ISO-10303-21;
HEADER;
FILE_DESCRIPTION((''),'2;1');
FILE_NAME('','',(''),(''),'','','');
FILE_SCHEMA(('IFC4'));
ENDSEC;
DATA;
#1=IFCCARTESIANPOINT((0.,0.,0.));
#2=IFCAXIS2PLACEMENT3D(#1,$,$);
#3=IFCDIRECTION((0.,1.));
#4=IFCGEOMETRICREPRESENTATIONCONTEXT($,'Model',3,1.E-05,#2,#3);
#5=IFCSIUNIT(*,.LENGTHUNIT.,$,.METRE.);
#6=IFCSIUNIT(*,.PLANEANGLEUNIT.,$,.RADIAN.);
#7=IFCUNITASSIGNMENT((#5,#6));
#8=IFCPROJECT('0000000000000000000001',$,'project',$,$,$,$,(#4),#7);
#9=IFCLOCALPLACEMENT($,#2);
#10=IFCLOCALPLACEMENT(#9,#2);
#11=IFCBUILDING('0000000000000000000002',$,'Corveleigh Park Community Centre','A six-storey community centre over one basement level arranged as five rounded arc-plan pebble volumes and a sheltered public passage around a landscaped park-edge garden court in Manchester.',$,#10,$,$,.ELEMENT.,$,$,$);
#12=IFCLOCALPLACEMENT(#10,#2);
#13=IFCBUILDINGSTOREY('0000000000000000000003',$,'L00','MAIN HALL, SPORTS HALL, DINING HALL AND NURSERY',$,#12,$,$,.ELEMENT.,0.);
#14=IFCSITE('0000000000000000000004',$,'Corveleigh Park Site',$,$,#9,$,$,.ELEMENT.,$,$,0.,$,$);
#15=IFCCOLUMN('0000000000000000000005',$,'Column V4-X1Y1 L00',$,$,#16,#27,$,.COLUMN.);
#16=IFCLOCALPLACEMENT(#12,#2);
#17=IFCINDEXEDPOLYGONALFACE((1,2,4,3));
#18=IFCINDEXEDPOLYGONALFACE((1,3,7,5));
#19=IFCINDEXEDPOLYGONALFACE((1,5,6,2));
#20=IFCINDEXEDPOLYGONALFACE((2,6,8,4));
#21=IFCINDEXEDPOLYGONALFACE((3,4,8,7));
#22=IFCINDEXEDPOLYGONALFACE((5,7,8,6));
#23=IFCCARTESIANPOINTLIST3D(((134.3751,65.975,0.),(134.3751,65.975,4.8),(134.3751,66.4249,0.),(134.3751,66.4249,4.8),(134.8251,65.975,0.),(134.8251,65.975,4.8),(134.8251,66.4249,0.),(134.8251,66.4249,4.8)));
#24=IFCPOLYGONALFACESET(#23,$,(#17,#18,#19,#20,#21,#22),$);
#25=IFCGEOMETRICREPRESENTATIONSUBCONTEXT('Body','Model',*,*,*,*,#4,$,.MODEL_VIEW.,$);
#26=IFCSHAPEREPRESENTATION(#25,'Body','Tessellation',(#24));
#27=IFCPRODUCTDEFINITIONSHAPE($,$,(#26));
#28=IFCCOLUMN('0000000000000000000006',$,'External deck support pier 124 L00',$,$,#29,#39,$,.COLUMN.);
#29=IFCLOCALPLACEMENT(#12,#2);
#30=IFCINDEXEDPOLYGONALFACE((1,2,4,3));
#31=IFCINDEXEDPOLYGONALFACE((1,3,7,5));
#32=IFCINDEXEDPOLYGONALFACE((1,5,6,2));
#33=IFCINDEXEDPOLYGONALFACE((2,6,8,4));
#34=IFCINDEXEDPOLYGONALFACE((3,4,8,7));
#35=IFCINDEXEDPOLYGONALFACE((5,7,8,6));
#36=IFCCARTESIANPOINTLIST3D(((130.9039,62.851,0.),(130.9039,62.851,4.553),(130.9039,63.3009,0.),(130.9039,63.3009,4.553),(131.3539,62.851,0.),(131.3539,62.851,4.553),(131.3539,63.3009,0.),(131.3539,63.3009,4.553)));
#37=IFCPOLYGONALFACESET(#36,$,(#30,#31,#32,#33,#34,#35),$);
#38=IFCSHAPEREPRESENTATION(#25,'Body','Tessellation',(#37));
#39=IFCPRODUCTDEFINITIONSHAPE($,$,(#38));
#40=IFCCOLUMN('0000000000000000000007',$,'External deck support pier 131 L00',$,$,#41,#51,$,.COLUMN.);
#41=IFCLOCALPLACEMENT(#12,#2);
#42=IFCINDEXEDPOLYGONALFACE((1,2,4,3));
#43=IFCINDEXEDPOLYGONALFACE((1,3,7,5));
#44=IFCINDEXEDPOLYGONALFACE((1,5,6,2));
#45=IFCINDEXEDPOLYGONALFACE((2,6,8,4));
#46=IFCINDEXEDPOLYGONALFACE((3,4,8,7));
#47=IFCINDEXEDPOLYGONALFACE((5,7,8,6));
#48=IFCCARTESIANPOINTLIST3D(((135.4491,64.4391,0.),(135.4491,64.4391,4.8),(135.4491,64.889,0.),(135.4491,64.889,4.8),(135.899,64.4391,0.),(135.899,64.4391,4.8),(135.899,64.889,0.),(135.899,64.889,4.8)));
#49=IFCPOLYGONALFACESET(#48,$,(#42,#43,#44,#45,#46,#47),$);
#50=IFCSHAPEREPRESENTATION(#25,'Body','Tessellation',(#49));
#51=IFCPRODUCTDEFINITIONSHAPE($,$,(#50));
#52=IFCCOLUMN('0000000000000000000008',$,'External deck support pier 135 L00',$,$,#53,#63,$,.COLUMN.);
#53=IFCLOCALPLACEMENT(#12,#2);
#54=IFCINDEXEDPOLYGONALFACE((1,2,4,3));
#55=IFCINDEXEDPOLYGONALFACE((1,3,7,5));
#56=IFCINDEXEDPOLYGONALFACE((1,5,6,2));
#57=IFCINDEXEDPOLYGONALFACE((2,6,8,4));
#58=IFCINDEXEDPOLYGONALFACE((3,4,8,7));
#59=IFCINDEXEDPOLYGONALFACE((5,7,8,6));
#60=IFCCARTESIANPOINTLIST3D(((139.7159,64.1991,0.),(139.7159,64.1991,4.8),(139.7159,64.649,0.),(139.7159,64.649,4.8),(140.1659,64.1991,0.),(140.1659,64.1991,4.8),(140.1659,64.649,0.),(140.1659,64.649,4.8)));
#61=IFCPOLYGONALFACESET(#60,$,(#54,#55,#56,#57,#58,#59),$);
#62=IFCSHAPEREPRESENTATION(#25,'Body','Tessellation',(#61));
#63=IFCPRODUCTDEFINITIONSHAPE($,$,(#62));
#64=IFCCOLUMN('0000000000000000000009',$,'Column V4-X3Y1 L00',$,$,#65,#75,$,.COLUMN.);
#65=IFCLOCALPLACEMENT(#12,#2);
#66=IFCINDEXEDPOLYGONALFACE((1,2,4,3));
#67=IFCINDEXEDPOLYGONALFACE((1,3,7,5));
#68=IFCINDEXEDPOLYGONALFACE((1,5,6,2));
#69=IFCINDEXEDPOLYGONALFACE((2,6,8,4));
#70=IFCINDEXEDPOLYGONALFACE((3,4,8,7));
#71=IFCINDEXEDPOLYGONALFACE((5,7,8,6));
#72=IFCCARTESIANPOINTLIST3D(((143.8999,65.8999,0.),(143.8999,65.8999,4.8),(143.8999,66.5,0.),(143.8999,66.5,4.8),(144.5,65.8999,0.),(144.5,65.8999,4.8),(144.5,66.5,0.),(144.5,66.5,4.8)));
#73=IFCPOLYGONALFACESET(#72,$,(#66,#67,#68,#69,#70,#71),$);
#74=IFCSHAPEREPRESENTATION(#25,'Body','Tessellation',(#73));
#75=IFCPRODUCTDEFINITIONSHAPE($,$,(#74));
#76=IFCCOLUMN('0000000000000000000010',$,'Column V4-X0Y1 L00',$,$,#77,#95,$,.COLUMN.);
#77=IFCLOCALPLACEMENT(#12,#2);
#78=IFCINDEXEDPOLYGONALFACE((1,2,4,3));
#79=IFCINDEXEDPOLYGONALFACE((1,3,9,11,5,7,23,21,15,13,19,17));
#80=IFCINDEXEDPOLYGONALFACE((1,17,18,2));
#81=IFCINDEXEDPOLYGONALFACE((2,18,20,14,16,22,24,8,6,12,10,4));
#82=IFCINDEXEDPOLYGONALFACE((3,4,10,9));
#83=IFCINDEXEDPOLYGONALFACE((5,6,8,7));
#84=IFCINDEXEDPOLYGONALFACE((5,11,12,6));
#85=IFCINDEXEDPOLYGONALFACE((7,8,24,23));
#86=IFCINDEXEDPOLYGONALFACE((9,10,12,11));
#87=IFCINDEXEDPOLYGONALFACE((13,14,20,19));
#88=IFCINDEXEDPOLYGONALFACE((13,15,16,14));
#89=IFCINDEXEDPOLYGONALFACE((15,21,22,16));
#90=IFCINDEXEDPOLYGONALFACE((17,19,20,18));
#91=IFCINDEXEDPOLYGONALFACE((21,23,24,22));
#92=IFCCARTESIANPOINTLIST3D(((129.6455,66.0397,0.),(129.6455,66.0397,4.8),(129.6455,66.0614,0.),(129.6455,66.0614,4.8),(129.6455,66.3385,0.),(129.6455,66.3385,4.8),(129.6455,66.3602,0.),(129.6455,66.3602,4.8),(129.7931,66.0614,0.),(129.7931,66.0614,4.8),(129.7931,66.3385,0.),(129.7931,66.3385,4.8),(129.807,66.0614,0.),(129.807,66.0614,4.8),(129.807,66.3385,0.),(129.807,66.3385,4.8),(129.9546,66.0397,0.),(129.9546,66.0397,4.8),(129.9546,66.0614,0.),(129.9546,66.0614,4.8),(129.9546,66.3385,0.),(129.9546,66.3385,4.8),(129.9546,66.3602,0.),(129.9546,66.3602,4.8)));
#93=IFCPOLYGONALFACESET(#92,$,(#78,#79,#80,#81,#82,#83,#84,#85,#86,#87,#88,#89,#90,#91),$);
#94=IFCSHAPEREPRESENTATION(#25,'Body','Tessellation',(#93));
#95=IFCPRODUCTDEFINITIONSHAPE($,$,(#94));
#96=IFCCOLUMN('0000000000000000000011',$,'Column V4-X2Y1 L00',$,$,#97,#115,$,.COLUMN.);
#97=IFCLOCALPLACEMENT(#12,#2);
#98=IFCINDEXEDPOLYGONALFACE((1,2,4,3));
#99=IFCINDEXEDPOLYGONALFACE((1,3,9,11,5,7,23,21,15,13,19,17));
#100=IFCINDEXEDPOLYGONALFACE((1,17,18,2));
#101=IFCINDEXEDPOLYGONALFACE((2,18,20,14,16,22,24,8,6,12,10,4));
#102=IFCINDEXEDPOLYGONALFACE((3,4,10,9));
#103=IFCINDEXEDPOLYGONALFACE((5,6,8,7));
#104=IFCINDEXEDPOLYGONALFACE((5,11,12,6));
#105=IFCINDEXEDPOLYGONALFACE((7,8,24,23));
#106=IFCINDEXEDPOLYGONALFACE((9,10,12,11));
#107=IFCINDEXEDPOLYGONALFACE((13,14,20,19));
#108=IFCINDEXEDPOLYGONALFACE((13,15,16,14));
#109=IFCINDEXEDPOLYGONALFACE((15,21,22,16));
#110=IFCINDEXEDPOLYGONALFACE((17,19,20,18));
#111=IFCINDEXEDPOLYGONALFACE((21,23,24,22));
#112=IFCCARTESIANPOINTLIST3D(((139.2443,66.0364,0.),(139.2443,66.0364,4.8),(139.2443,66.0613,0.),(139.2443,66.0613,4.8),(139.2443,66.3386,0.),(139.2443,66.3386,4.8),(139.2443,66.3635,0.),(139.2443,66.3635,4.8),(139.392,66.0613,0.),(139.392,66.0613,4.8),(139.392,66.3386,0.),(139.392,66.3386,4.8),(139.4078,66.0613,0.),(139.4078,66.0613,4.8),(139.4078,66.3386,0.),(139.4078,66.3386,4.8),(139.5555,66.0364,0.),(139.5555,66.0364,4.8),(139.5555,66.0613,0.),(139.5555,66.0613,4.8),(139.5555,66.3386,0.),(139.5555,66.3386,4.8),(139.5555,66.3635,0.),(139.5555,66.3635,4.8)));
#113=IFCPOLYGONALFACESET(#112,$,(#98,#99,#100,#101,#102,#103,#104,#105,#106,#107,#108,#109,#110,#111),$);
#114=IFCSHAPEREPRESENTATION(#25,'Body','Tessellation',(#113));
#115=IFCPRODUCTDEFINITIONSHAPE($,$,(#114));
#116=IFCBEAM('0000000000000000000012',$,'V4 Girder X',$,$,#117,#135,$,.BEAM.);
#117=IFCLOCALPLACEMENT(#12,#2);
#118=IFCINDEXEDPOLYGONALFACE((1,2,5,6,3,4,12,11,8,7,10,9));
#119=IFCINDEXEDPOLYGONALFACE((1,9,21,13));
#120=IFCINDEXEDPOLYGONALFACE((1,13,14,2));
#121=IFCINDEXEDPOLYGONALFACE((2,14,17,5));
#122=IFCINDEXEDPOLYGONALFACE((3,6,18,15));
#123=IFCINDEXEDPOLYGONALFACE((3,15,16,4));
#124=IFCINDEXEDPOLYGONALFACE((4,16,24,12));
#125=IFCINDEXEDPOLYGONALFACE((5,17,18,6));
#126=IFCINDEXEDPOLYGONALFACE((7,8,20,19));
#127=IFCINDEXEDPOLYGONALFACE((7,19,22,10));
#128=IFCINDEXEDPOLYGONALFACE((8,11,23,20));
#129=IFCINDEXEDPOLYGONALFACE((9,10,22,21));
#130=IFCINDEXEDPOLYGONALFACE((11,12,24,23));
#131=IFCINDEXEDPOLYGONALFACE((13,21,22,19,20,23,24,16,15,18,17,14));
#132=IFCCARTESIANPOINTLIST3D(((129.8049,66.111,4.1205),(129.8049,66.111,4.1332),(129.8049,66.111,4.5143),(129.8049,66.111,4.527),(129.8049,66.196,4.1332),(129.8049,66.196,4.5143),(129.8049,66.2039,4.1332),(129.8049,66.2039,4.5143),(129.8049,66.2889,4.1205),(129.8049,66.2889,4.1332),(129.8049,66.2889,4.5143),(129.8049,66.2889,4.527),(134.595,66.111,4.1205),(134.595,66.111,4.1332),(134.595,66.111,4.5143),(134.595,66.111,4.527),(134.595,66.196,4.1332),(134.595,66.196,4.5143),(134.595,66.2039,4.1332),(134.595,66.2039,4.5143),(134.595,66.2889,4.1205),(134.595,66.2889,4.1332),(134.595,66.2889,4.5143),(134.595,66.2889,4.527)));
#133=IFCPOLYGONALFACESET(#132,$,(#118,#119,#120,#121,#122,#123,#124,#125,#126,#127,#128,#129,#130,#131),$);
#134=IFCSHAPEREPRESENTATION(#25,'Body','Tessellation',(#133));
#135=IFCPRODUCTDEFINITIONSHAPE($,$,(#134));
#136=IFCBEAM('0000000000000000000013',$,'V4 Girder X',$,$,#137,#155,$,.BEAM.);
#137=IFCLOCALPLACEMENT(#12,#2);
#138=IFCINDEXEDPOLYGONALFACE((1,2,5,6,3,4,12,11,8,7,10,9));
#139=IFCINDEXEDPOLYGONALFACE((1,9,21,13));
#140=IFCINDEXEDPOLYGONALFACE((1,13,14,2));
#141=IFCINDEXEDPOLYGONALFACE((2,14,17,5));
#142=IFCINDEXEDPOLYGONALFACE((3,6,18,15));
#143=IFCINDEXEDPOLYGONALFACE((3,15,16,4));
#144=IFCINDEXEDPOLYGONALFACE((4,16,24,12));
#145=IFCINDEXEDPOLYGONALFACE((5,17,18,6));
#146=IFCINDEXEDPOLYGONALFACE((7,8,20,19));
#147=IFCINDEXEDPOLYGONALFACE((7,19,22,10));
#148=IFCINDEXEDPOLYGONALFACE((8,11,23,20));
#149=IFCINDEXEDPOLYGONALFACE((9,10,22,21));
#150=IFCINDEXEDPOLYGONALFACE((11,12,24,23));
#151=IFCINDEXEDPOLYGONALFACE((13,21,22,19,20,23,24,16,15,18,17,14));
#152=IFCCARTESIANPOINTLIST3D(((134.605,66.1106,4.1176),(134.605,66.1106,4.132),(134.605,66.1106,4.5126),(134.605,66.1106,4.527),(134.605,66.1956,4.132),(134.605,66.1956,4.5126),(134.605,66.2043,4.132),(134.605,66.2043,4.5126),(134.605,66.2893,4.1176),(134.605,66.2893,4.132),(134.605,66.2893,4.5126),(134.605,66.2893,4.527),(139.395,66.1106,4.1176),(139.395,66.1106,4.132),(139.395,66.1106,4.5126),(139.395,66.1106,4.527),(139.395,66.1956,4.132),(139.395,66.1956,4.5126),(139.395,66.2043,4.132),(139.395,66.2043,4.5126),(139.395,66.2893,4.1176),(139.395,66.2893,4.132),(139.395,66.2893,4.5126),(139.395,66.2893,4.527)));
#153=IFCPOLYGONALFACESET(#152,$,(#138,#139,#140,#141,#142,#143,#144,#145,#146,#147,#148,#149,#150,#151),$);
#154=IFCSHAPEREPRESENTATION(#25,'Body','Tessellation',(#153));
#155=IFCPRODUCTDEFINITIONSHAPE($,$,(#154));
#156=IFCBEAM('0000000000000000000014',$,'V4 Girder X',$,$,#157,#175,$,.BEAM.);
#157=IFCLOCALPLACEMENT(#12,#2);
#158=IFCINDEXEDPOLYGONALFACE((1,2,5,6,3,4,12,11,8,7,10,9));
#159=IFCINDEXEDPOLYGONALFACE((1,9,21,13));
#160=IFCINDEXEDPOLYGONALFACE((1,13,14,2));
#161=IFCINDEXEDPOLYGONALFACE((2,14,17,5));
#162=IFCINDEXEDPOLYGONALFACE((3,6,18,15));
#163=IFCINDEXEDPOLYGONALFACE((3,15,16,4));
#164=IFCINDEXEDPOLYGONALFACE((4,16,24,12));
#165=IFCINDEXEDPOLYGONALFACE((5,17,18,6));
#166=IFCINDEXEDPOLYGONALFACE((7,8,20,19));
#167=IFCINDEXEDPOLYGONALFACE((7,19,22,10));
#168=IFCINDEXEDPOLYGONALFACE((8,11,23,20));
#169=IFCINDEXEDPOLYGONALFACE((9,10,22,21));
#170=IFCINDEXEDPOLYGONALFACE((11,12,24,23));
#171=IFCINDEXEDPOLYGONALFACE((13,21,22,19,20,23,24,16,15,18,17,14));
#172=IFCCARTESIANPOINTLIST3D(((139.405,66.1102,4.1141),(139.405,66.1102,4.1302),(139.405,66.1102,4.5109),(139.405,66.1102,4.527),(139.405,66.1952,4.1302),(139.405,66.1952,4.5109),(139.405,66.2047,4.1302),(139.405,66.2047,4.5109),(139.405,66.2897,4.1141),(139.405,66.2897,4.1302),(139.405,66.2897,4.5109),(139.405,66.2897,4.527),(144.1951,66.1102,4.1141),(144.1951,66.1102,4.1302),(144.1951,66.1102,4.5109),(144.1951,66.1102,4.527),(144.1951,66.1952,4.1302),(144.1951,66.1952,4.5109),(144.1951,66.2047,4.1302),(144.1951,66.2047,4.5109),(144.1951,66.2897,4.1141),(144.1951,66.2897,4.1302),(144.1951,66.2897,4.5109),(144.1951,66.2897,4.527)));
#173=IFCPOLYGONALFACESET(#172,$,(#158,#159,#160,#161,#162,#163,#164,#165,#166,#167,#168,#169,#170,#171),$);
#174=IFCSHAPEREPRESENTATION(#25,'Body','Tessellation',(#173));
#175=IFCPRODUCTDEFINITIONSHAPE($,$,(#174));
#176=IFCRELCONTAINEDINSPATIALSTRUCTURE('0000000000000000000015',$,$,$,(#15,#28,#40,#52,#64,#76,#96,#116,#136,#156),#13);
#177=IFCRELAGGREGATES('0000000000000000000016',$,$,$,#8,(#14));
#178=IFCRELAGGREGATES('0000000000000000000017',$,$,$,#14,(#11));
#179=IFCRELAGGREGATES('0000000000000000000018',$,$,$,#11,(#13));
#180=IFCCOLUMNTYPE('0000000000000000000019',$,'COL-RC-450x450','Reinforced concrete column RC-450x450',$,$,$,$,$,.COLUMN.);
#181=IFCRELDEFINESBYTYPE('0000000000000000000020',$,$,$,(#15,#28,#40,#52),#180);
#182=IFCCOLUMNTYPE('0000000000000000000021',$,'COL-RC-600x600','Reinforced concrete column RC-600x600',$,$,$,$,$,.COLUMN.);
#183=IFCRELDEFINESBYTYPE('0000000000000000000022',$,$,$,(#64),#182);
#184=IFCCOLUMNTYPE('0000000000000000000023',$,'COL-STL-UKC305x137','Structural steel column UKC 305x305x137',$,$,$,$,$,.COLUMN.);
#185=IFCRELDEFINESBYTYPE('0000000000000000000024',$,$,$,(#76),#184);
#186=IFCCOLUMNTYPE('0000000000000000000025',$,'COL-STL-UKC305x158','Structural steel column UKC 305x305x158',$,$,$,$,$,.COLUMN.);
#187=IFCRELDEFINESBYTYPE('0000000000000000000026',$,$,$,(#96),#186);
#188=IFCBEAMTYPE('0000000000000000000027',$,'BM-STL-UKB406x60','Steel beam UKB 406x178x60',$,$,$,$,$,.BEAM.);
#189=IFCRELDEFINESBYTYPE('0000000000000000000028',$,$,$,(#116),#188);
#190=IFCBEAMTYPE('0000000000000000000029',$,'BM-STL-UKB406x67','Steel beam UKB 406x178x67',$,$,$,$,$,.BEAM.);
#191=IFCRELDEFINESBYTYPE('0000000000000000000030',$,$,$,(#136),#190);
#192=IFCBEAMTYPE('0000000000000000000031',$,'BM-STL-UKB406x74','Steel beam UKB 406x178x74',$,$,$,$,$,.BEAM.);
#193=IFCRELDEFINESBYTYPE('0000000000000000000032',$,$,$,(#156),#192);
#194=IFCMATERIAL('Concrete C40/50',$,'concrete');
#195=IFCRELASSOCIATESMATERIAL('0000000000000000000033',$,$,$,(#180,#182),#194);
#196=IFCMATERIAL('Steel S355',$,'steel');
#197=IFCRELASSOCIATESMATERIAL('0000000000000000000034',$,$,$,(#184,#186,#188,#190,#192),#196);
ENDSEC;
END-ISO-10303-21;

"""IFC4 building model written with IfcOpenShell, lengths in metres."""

from ifc_helpers import new_model, si_unit, direction, frame, origin, origin_2d, place, context, subcontext, project, spatial, rectangle, i_section, extrude, material, material_profile, profile_set, type_object, element, save


model = new_model("IFC4")

# Units and contexts
model_context = context("Model", 3, precision=1e-05, world=origin(), true_north=direction((0.0, 1.0)))
body_context = subcontext(model_context, "Body", "Model", "MODEL_VIEW")
ifc_project = project(units=[si_unit("LENGTHUNIT", "METRE"), si_unit("PLANEANGLEUNIT", "RADIAN")], contexts=[model_context])

# Site, building, storey
site_placement = place(None, origin())
site = spatial("IfcSite", under=ifc_project, at=site_placement, Name="Corveleigh Park Site", CompositionType="ELEMENT", RefElevation=0.0)
building_placement = place(site_placement, origin())
building = spatial("IfcBuilding", under=site, at=building_placement, Name="Corveleigh Park Community Centre", Description="A six-storey community centre over one basement level arranged as five rounded arc-plan pebble volumes and a sheltered public passage around a landscaped park-edge garden court in Manchester.", CompositionType="ELEMENT")
storey_placement = place(building_placement, origin())
storey = spatial("IfcBuildingStorey", under=building, at=storey_placement, Name="L00", Description="MAIN HALL, SPORTS HALL, DINING HALL AND NURSERY", CompositionType="ELEMENT", Elevation=0.0)

# Columns
ifc_material_1 = material(Name="Concrete C40/50", Category="concrete")
ifc_material_profile_1 = material_profile(ifc_material_1, rectangle(XDim=0.45, YDim=0.45, at=origin_2d()), Name="RC-450x450", Category="concrete")
ifc_profile_set_1 = profile_set([ifc_material_profile_1], Name="Concrete C40/50")
column_type_1 = type_object("IfcColumnType", Name="COL-RC-450x450", Description="Reinforced concrete column RC-450x450", PredefinedType="COLUMN", material=ifc_profile_set_1)
column_1_placement = place(storey_placement, frame((134.6001, 66.2, 0.0), z_axis=(0.0, 0.0, 1.0), x_axis=(1.0, 0.0, 0.0)))
element("IfcColumn", 1, at=column_1_placement, inside=storey, type_object=column_type_1, Name="Column V4-X1Y1 L00", PredefinedType="COLUMN", context=body_context, shape_type="SweptSolid", body=[
    extrude(rectangle(XDim=0.45, YDim=0.45, at=origin_2d()), origin(), (0.0, 0.0, 1.0), 4.8),
])
column_2_placement = place(storey_placement, frame((131.1289, 63.0759, 0.0), z_axis=(0.0, 0.0, 1.0), x_axis=(1.0, 0.0, 0.0)))
element("IfcColumn", 2, at=column_2_placement, inside=storey, type_object=column_type_1, Name="External deck support pier 124 L00", PredefinedType="COLUMN", context=body_context, shape_type="SweptSolid", body=[
    extrude(rectangle(XDim=0.45, YDim=0.45, at=origin_2d()), origin(), (0.0, 0.0, 1.0), 4.553),
])
for number, where, z_axis, x_axis, name in (
    (3, (135.6741, 64.6641, 0.0), (0.0, 0.0, 1.0), (1.0, 0.0, 0.0), "External deck support pier 131 L00"),
    (4, (139.9409, 64.4241, 0.0), (0.0, 0.0, 1.0), (1.0, 0.0, 0.0), "External deck support pier 135 L00"),
):
    element("IfcColumn", number, at=place(storey_placement, frame(where, z_axis=z_axis, x_axis=x_axis)), inside=storey, type_object=column_type_1, Name=name, PredefinedType="COLUMN", context=body_context, shape_type="SweptSolid", body=[
        extrude(rectangle(XDim=0.45, YDim=0.45, at=origin_2d()), origin(), (0.0, 0.0, 1.0), 4.8),
    ])
ifc_material_profile_2 = material_profile(ifc_material_1, rectangle(XDim=0.6001, YDim=0.6001, at=origin_2d()), Name="RC-600x600", Category="concrete")
ifc_profile_set_2 = profile_set([ifc_material_profile_2], Name="Concrete C40/50")
column_type_2 = type_object("IfcColumnType", Name="COL-RC-600x600", Description="Reinforced concrete column RC-600x600", PredefinedType="COLUMN", material=ifc_profile_set_2)
column_3_placement = place(storey_placement, frame((144.2, 66.2, 0.0), z_axis=(0.0, 0.0, 1.0), x_axis=(1.0, 0.0, 0.0)))
element("IfcColumn", 5, at=column_3_placement, inside=storey, type_object=column_type_2, Name="Column V4-X3Y1 L00", PredefinedType="COLUMN", context=body_context, shape_type="SweptSolid", body=[
    extrude(rectangle(XDim=0.6001, YDim=0.6001, at=origin_2d()), origin(), (0.0, 0.0, 1.0), 4.8),
])
ifc_material_2 = material(Name="Steel S355", Category="steel")
ifc_material_profile_3 = material_profile(ifc_material_2, i_section(OverallWidth=0.3091, OverallDepth=0.3206, WebThickness=0.0139, FlangeThickness=0.0217, at=origin_2d()), Name="UKC 305x305x137", Category="steel")
ifc_profile_set_3 = profile_set([ifc_material_profile_3], Name="Steel S355")
column_type_3 = type_object("IfcColumnType", Name="COL-STL-UKC305x137", Description="Structural steel column UKC 305x305x137", PredefinedType="COLUMN", material=ifc_profile_set_3)
column_4_placement = place(storey_placement, frame((129.8, 66.2, 0.0), z_axis=(0.0, 0.0, 1.0), x_axis=(1.0, 0.0, 0.0)))
element("IfcColumn", 6, at=column_4_placement, inside=storey, type_object=column_type_3, Name="Column V4-X0Y1 L00", PredefinedType="COLUMN", context=body_context, shape_type="SweptSolid", body=[
    extrude(i_section(OverallWidth=0.3091, OverallDepth=0.3206, WebThickness=0.0139, FlangeThickness=0.0217, at=origin_2d()), origin(), (0.0, 0.0, 1.0), 4.8),
])
ifc_material_profile_4 = material_profile(ifc_material_2, i_section(OverallWidth=0.3113, OverallDepth=0.3271, WebThickness=0.0159, FlangeThickness=0.0249, at=origin_2d()), Name="UKC 305x305x158", Category="steel")
ifc_profile_set_4 = profile_set([ifc_material_profile_4], Name="Steel S355")
column_type_4 = type_object("IfcColumnType", Name="COL-STL-UKC305x158", Description="Structural steel column UKC 305x305x158", PredefinedType="COLUMN", material=ifc_profile_set_4)
column_5_placement = place(storey_placement, frame((139.3999, 66.2, 0.0), z_axis=(0.0, 0.0, 1.0), x_axis=(1.0, 0.0, 0.0)))
element("IfcColumn", 7, at=column_5_placement, inside=storey, type_object=column_type_4, Name="Column V4-X2Y1 L00", PredefinedType="COLUMN", context=body_context, shape_type="SweptSolid", body=[
    extrude(i_section(OverallWidth=0.3113, OverallDepth=0.3271, WebThickness=0.0159, FlangeThickness=0.0249, at=origin_2d()), origin(), (0.0, 0.0, 1.0), 4.8),
])

# Beams
ifc_material_profile_5 = material_profile(ifc_material_2, i_section(OverallWidth=0.178, OverallDepth=0.4065, WebThickness=0.0078, FlangeThickness=0.0127, at=origin_2d()), Name="UKB 406x178x60", Category="steel")
ifc_profile_set_5 = profile_set([ifc_material_profile_5], Name="Steel S355")
beam_type_1 = type_object("IfcBeamType", Name="BM-STL-UKB406x60", Description="Steel beam UKB 406x178x60", PredefinedType="BEAM", material=ifc_profile_set_5)
beam_1_placement = place(storey_placement, frame((129.8049, 66.2, 4.3237), z_axis=(1.0, 0.0, 0.0), x_axis=(0.0, 1.0, 0.0)))
element("IfcBeam", 8, at=beam_1_placement, inside=storey, type_object=beam_type_1, Name="V4 Girder X", PredefinedType="BEAM", context=body_context, shape_type="SweptSolid", body=[
    extrude(i_section(OverallWidth=0.178, OverallDepth=0.4065, WebThickness=0.0078, FlangeThickness=0.0127, at=origin_2d()), origin(), (0.0, 0.0, 1.0), 4.79),
])
ifc_material_profile_6 = material_profile(ifc_material_2, i_section(OverallWidth=0.1787, OverallDepth=0.4094, WebThickness=0.0088, FlangeThickness=0.0144, at=origin_2d()), Name="UKB 406x178x67", Category="steel")
ifc_profile_set_6 = profile_set([ifc_material_profile_6], Name="Steel S355")
beam_type_2 = type_object("IfcBeamType", Name="BM-STL-UKB406x67", Description="Steel beam UKB 406x178x67", PredefinedType="BEAM", material=ifc_profile_set_6)
beam_2_placement = place(storey_placement, frame((134.605, 66.2, 4.3223), z_axis=(1.0, 0.0, 0.0), x_axis=(0.0, 1.0, 0.0)))
element("IfcBeam", 9, at=beam_2_placement, inside=storey, type_object=beam_type_2, Name="V4 Girder X", PredefinedType="BEAM", context=body_context, shape_type="SweptSolid", body=[
    extrude(i_section(OverallWidth=0.1787, OverallDepth=0.4094, WebThickness=0.0088, FlangeThickness=0.0144, at=origin_2d()), origin(), (0.0, 0.0, 1.0), 4.79),
])
ifc_material_profile_7 = material_profile(ifc_material_2, i_section(OverallWidth=0.1794, OverallDepth=0.4128, WebThickness=0.0095, FlangeThickness=0.0161, at=origin_2d()), Name="UKB 406x178x74", Category="steel")
ifc_profile_set_7 = profile_set([ifc_material_profile_7], Name="Steel S355")
beam_type_3 = type_object("IfcBeamType", Name="BM-STL-UKB406x74", Description="Steel beam UKB 406x178x74", PredefinedType="BEAM", material=ifc_profile_set_7)
beam_3_placement = place(storey_placement, frame((139.405, 66.2, 4.3206), z_axis=(1.0, 0.0, 0.0), x_axis=(0.0, 1.0, 0.0)))
element("IfcBeam", 10, at=beam_3_placement, inside=storey, type_object=beam_type_3, Name="V4 Girder X", PredefinedType="BEAM", context=body_context, shape_type="SweptSolid", body=[
    extrude(i_section(OverallWidth=0.1794, OverallDepth=0.4128, WebThickness=0.0095, FlangeThickness=0.0161, at=origin_2d()), origin(), (0.0, 0.0, 1.0), 4.79),
])

save(model, "model.ifc")
